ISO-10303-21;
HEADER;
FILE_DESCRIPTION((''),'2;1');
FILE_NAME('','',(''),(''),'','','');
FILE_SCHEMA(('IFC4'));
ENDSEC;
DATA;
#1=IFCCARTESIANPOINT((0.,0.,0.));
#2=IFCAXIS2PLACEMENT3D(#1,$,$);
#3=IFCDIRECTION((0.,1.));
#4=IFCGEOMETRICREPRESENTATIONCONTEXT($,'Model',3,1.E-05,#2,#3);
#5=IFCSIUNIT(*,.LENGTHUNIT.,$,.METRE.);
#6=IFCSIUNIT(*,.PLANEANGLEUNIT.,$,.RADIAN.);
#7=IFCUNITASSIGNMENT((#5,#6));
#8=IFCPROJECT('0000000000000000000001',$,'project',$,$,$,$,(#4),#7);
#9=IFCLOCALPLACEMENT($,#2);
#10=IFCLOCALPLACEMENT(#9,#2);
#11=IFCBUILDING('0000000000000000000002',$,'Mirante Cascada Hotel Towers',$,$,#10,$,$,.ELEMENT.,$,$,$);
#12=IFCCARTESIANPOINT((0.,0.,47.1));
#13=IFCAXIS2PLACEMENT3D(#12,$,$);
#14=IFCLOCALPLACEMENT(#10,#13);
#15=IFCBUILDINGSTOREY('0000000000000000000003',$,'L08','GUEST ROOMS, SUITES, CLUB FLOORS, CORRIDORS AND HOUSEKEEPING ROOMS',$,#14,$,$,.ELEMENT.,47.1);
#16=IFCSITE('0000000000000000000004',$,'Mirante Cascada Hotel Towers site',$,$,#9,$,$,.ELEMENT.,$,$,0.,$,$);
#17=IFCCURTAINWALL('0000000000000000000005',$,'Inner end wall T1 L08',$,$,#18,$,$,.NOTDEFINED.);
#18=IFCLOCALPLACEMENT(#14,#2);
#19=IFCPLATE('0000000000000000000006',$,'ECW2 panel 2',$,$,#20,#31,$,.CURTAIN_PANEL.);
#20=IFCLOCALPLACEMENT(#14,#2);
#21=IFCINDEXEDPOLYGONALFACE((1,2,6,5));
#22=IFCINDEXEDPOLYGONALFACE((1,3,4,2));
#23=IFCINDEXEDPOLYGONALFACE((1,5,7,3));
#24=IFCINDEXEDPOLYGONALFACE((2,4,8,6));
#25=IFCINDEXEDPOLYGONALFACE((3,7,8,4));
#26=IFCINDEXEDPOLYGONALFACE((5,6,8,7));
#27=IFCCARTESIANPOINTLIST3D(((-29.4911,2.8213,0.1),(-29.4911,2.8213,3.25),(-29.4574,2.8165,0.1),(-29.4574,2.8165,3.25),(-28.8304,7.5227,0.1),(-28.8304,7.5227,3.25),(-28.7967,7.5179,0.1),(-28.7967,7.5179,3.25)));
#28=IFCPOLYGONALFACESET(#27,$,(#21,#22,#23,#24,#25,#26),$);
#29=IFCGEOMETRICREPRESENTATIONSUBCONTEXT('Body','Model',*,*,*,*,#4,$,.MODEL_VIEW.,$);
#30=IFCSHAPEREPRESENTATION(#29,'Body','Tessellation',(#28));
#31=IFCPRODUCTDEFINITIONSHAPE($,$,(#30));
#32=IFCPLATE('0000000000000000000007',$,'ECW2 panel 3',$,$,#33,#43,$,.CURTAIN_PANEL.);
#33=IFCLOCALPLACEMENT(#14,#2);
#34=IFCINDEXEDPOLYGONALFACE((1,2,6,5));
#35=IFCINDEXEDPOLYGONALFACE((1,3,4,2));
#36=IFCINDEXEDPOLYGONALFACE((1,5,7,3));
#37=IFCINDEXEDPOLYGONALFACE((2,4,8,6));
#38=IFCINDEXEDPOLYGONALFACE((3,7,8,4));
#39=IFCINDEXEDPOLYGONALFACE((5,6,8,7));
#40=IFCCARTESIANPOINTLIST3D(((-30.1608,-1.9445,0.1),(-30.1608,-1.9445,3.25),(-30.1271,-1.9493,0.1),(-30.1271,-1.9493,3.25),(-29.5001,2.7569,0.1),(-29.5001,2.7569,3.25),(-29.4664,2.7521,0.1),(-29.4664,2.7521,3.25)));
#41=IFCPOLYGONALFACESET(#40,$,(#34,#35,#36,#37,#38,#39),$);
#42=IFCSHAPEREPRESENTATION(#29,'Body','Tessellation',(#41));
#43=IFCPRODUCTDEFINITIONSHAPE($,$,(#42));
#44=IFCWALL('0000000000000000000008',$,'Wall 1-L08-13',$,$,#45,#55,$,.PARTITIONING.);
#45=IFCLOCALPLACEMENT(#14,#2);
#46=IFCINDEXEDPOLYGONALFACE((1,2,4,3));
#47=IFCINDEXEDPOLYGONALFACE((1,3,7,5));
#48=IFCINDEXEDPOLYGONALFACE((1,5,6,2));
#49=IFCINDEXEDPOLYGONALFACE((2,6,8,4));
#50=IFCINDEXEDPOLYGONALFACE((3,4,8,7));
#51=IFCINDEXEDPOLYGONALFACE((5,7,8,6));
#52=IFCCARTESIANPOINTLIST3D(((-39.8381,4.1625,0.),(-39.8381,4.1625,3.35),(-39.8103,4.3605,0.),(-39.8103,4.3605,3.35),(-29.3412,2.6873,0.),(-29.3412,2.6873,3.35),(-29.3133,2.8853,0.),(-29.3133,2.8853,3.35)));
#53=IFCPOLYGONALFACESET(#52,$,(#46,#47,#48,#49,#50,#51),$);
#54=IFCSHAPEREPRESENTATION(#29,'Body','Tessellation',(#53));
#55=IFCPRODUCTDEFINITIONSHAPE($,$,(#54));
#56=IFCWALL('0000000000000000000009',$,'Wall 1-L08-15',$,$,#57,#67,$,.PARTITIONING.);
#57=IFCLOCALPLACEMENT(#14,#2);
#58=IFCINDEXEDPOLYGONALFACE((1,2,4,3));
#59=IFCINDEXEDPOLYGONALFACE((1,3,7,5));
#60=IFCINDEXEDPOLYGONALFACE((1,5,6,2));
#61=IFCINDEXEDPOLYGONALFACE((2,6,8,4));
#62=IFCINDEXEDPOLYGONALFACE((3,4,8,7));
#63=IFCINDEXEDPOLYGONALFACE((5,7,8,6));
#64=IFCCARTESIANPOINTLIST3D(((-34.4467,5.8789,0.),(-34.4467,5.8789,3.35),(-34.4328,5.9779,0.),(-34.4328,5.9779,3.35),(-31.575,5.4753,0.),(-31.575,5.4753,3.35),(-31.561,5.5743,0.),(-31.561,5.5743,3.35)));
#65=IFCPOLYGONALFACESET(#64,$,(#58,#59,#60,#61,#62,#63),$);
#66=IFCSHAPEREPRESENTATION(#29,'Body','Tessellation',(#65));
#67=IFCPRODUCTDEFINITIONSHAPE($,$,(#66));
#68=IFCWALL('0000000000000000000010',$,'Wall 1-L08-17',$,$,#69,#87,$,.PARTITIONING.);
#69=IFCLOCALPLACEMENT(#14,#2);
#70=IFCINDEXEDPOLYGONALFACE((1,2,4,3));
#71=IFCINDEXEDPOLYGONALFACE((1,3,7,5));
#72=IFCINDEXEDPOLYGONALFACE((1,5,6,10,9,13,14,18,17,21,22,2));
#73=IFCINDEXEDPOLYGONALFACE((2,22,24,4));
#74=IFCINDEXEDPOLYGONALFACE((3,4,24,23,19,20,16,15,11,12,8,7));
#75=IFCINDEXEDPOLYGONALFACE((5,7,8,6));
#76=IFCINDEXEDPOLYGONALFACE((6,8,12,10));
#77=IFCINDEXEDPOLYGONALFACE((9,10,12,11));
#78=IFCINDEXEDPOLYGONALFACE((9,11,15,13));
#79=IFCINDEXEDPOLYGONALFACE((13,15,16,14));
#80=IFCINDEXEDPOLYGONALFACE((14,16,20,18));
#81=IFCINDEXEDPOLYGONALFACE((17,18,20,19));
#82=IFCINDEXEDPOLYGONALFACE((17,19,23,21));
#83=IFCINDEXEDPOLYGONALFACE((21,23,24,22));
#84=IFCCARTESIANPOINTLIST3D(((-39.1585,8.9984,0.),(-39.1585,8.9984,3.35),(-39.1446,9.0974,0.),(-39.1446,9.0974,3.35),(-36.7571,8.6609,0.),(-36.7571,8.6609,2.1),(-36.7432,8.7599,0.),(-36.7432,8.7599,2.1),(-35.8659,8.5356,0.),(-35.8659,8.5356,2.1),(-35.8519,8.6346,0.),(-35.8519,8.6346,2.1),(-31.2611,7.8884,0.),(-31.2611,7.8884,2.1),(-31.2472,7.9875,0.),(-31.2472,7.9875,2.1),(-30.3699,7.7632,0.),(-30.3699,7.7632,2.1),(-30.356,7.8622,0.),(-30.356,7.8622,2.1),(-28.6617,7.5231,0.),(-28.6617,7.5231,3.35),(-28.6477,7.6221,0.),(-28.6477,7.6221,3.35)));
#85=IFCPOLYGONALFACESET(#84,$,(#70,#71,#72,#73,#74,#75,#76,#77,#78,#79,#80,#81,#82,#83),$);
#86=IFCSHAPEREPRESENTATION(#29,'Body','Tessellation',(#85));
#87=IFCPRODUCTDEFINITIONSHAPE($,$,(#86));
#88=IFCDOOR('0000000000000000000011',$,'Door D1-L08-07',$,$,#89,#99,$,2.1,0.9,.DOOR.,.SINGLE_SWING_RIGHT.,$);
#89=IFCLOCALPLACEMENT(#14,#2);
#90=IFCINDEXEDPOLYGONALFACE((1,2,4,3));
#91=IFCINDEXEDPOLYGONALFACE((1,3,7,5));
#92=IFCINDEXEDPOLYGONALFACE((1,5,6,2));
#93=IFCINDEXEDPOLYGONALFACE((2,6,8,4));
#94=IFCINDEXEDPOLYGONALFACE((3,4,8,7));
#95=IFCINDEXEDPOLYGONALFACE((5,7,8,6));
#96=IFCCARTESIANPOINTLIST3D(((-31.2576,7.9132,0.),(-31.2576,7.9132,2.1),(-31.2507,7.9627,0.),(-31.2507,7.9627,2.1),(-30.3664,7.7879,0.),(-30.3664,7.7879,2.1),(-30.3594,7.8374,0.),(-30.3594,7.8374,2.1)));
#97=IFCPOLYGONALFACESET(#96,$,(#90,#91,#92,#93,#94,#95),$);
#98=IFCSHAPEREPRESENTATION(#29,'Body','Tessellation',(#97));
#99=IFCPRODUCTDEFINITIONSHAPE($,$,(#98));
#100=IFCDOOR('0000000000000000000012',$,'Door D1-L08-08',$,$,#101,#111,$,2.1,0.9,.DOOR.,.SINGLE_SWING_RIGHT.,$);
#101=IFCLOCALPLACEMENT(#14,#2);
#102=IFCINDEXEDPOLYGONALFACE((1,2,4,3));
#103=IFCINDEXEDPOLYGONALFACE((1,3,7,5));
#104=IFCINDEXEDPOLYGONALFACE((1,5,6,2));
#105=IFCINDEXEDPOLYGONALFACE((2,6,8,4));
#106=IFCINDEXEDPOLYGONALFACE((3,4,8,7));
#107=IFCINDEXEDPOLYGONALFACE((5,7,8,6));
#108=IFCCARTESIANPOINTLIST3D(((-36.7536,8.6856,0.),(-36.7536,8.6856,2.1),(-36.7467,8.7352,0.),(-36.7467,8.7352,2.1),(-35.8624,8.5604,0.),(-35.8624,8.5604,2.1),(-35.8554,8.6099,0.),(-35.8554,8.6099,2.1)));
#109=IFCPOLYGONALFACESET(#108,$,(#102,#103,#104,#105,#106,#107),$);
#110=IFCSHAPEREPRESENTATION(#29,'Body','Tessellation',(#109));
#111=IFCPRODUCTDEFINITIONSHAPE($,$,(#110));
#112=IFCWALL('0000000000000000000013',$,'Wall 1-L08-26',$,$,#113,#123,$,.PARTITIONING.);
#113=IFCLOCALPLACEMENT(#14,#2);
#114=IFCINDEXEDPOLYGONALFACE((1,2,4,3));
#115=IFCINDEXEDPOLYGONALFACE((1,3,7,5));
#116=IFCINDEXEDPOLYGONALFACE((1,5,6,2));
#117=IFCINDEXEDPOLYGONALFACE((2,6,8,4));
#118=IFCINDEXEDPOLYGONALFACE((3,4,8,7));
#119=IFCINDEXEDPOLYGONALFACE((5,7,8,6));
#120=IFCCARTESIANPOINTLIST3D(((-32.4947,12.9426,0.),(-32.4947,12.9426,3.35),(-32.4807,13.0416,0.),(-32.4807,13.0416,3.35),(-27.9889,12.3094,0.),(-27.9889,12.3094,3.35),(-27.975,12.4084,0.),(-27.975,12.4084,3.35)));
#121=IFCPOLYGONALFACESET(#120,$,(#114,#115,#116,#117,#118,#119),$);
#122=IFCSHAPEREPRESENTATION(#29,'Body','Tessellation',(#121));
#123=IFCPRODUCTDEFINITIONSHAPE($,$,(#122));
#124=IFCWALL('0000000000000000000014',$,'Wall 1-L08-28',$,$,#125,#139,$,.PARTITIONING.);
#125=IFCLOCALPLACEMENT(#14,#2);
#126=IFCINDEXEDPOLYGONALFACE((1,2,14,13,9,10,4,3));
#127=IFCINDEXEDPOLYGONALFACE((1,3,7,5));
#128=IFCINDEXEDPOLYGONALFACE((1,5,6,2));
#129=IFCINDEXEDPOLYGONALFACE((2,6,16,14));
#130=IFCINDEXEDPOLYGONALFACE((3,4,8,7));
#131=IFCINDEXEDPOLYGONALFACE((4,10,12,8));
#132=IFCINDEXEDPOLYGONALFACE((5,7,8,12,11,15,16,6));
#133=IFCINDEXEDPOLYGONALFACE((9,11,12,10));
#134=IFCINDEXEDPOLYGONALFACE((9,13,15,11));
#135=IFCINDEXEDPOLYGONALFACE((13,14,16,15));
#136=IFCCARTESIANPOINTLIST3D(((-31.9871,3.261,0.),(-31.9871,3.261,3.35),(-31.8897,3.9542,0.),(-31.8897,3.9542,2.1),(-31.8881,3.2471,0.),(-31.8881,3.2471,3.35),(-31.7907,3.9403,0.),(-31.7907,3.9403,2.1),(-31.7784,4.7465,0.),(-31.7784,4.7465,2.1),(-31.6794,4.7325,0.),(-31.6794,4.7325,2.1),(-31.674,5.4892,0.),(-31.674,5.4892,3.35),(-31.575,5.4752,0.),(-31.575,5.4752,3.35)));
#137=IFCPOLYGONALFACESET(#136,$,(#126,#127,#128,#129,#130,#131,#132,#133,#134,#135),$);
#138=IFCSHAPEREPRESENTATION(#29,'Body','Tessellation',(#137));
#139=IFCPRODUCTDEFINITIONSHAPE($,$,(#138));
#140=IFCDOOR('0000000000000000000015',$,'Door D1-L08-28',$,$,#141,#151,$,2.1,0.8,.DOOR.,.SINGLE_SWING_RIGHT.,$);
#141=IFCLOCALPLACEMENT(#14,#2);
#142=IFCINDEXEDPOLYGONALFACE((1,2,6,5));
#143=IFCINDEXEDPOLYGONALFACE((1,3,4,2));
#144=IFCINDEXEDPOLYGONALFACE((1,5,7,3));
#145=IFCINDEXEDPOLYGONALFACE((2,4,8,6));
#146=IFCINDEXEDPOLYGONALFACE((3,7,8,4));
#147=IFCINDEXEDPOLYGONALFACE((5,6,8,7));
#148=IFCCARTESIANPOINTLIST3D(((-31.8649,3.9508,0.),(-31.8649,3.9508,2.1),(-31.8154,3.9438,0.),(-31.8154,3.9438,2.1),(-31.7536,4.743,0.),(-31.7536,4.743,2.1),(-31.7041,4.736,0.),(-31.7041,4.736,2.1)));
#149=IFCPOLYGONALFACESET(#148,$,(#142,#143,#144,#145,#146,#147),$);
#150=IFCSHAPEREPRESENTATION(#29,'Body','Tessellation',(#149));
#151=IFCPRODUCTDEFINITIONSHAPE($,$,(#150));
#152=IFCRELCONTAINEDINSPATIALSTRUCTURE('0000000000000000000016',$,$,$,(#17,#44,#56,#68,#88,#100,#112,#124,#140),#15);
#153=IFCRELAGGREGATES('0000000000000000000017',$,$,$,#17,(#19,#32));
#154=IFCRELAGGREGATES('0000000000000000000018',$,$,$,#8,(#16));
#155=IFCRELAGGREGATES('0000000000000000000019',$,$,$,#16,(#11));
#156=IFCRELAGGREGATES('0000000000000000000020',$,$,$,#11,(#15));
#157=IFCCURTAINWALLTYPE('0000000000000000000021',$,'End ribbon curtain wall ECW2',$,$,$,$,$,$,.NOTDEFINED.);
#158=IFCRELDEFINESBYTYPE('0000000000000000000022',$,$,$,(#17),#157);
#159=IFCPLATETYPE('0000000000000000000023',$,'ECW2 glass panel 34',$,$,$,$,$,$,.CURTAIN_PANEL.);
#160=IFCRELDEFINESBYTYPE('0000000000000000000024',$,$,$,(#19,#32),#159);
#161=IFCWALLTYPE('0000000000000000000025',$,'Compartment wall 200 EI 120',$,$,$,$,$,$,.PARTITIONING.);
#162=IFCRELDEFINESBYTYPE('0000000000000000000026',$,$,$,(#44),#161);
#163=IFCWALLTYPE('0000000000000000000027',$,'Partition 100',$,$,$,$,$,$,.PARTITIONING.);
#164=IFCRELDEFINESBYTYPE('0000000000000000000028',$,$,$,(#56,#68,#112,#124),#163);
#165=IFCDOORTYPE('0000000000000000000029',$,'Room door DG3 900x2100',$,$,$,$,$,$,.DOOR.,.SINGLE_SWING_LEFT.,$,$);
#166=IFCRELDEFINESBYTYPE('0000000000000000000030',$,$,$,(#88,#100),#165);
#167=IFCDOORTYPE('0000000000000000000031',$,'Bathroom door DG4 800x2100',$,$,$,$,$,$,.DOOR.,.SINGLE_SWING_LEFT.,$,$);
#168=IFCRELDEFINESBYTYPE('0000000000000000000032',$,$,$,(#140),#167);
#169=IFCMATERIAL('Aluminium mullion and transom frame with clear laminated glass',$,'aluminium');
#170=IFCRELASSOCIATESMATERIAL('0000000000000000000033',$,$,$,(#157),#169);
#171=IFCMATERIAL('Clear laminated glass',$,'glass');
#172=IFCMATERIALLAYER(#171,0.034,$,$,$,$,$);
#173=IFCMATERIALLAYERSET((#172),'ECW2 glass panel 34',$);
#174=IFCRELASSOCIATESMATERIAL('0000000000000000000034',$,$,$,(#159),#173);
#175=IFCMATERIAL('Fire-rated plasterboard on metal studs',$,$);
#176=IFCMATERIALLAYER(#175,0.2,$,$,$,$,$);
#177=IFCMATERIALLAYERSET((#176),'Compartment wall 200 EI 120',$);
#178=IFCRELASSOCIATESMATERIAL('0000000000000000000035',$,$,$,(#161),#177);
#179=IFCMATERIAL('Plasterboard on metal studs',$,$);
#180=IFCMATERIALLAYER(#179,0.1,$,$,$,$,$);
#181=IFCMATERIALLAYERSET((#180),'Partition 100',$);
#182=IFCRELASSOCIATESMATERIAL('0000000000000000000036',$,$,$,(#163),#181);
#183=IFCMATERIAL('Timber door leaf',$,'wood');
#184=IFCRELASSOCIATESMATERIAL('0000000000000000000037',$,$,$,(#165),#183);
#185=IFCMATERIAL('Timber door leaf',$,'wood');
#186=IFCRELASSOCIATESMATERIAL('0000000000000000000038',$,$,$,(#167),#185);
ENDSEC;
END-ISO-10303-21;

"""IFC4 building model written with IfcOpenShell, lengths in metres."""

from ifc_helpers import new_model, si_unit, direction, frame, frame_2d, origin, origin_2d, place, context, subcontext, project, spatial, rectangle, extrude, material, layer, layer_set, type_object, element, fill, aggregate, save


model = new_model("IFC4")

# Units and contexts
model_context = context("Model", 3, precision=1e-05, world=origin(), true_north=direction((0.0, 1.0)))
body_context = subcontext(model_context, "Body", "Model", "MODEL_VIEW")
ifc_project = project(units=[si_unit("LENGTHUNIT", "METRE"), si_unit("PLANEANGLEUNIT", "RADIAN")], contexts=[model_context])

# Site, building, storey
site_placement = place(None, origin())
site = spatial("IfcSite", under=ifc_project, at=site_placement, Name="Mirante Cascada Hotel Towers site", CompositionType="ELEMENT", RefElevation=0.0)
building_placement = place(site_placement, origin())
building = spatial("IfcBuilding", under=site, at=building_placement, Name="Mirante Cascada Hotel Towers", CompositionType="ELEMENT")
storey_placement = place(building_placement, frame((0.0, 0.0, 47.1)))
storey = spatial("IfcBuildingStorey", under=building, at=storey_placement, Name="L08", Description="GUEST ROOMS, SUITES, CLUB FLOORS, CORRIDORS AND HOUSEKEEPING ROOMS", CompositionType="ELEMENT", Elevation=47.1)

# Curtain wall
ifc_material_1 = material(Name="Aluminium mullion and transom frame with clear laminated glass", Category="aluminium")
curtain_wall_type_1 = type_object("IfcCurtainWallType", Name="End ribbon curtain wall ECW2", PredefinedType="NOTDEFINED", material=ifc_material_1)
curtain_wall_1_placement = place(storey_placement, origin())
curtain_wall_1 = element("IfcCurtainWall", 1, at=curtain_wall_1_placement, inside=storey, type_object=curtain_wall_type_1, Name="Inner end wall T1 L08", PredefinedType="NOTDEFINED")

# Plates
ifc_material_2 = material(Name="Clear laminated glass", Category="glass")
ifc_layer_1 = layer(ifc_material_2, 0.034)
ifc_layer_set_1 = layer_set([ifc_layer_1], Name="ECW2 glass panel 34")
plate_type_1 = type_object("IfcPlateType", Name="ECW2 glass panel 34", PredefinedType="CURTAIN_PANEL", material=ifc_layer_set_1)
plate_1_placement = place(storey_placement, frame((-29.1439, 5.1696, 0.1), z_axis=(0.0, 0.0, 1.0), x_axis=(-0.139173, -0.990268, 0.0)))
plate_1 = element("IfcPlate", 2, at=plate_1_placement, type_object=plate_type_1, Name="ECW2 panel 2", PredefinedType="CURTAIN_PANEL", context=body_context, shape_type="SweptSolid", body=[
    extrude(rectangle(XDim=4.7476, YDim=0.034, at=origin_2d()), origin(), (0.0, 0.0, 1.0), 3.15),
])
plate_2_placement = place(storey_placement, frame((-29.8136, 0.4038, 0.1), z_axis=(0.0, 0.0, 1.0), x_axis=(-0.139173, -0.990268, 0.0)))
plate_2 = element("IfcPlate", 3, at=plate_2_placement, type_object=plate_type_1, Name="ECW2 panel 3", PredefinedType="CURTAIN_PANEL", context=body_context, shape_type="SweptSolid", body=[
    extrude(rectangle(XDim=4.7476, YDim=0.034, at=origin_2d()), origin(), (0.0, 0.0, 1.0), 3.15),
])
aggregate(curtain_wall_1, [plate_1, plate_2])

# Walls
ifc_material_3 = material(Name="Fire-rated plasterboard on metal studs")
ifc_layer_2 = layer(ifc_material_3, 0.2)
ifc_layer_set_2 = layer_set([ifc_layer_2], Name="Compartment wall 200 EI 120")
wall_type_1 = type_object("IfcWallType", Name="Compartment wall 200 EI 120", PredefinedType="PARTITIONING", material=ifc_layer_set_2)
wall_1_placement = place(storey_placement, frame((-29.3273, 2.7863, 0.0), z_axis=(0.0, 0.0, 1.0), x_axis=(-0.990269, 0.139169, 0.0)))
element("IfcWall", 4, at=wall_1_placement, inside=storey, type_object=wall_type_1, Name="Wall 1-L08-13", PredefinedType="PARTITIONING", context=body_context, shape_type="SweptSolid", body=[
    extrude(rectangle(XDim=10.6001, YDim=0.2, at=frame_2d((5.3, 0.0))), origin(), (0.0, 0.0, 1.0), 3.35),
])
ifc_material_4 = material(Name="Plasterboard on metal studs")
ifc_layer_3 = layer(ifc_material_4, 0.1)
ifc_layer_set_3 = layer_set([ifc_layer_3], Name="Partition 100")
wall_type_2 = type_object("IfcWallType", Name="Partition 100", PredefinedType="PARTITIONING", material=ifc_layer_set_3)
wall_2_placement = place(storey_placement, frame((-31.568, 5.5248, 0.0), z_axis=(0.0, 0.0, 1.0), x_axis=(-0.990268, 0.139171, 0.0)))
element("IfcWall", 5, at=wall_2_placement, inside=storey, type_object=wall_type_2, Name="Wall 1-L08-15", PredefinedType="PARTITIONING", context=body_context, shape_type="SweptSolid", body=[
    extrude(rectangle(XDim=2.9, YDim=0.1, at=frame_2d((1.45, 0.0))), origin(), (0.0, 0.0, 1.0), 3.35),
])

# Wall, openings, doors
wall_3_placement = place(storey_placement, frame((-28.6547, 7.5726, 0.0), z_axis=(0.0, 0.0, 1.0), x_axis=(-0.990267, 0.13918, 0.0)))
wall_3 = element("IfcWall", 6, at=wall_3_placement, inside=storey, type_object=wall_type_2, Name="Wall 1-L08-17", PredefinedType="PARTITIONING", context=body_context, shape_type="SweptSolid", body=[
    extrude(rectangle(XDim=10.6, YDim=0.1, at=frame_2d((5.3, 0.0))), origin(), (0.0, 0.0, 1.0), 3.35),
])
opening_1_placement = place(wall_3_placement, frame((1.725, 0.0, 0.0)))
opening_1 = element("IfcOpeningElement", 7, at=opening_1_placement, cuts=wall_3, PredefinedType="OPENING", context=body_context, shape_type="SweptSolid", body=[
    extrude(rectangle(XDim=0.9, YDim=2.1, at=frame_2d((0.45, 1.05))), frame((0.0, 0.05, 0.0), z_axis=(0.0, -1.0, 0.0), x_axis=(1.0, 0.0, 0.0)), (0.0, 0.0, 1.0), 0.1),
])
opening_2_placement = place(wall_3_placement, frame((7.275, 0.0, 0.0)))
opening_2 = element("IfcOpeningElement", 8, at=opening_2_placement, cuts=wall_3, PredefinedType="OPENING", context=body_context, shape_type="SweptSolid", body=[
    extrude(rectangle(XDim=0.9, YDim=2.1, at=frame_2d((0.45, 1.05))), frame((0.0, 0.05, 0.0), z_axis=(0.0, -1.0, 0.0), x_axis=(1.0, 0.0, 0.0)), (0.0, 0.0, 1.0), 0.1),
])
ifc_material_5 = material(Name="Timber door leaf", Category="wood")
door_type_1 = type_object("IfcDoorType", Name="Room door DG3 900x2100", OperationType="SINGLE_SWING_LEFT", PredefinedType="DOOR", material=ifc_material_5)
door_1_placement = place(opening_1_placement, frame((0.9, 0.0, 0.0), z_axis=(0.0, 0.0, 1.0), x_axis=(-1.0, 0.0, 0.0)))
door_1 = element("IfcDoor", 9, at=door_1_placement, inside=storey, type_object=door_type_1, Name="Door D1-L08-07", OperationType="SINGLE_SWING_RIGHT", OverallHeight=2.1, OverallWidth=0.9, PredefinedType="DOOR", context=body_context, shape_type="SweptSolid", body=[
    extrude(rectangle(XDim=0.9, YDim=2.1, at=frame_2d((0.45, 1.05))), frame((0.0, 0.025, 0.0), z_axis=(0.0, -1.0, 0.0), x_axis=(1.0, 0.0, 0.0)), (0.0, 0.0, 1.0), 0.05),
])
fill(opening_1, door_1)
door_2_placement = place(opening_2_placement, frame((0.9, 0.0, 0.0), z_axis=(0.0, 0.0, 1.0), x_axis=(-1.0, 0.0, 0.0)))
door_2 = element("IfcDoor", 10, at=door_2_placement, inside=storey, type_object=door_type_1, Name="Door D1-L08-08", OperationType="SINGLE_SWING_RIGHT", OverallHeight=2.1, OverallWidth=0.9, PredefinedType="DOOR", context=body_context, shape_type="SweptSolid", body=[
    extrude(rectangle(XDim=0.9, YDim=2.1, at=frame_2d((0.45, 1.05))), frame((0.0, 0.025, 0.0), z_axis=(0.0, -1.0, 0.0), x_axis=(1.0, 0.0, 0.0)), (0.0, 0.0, 1.0), 0.05),
])
fill(opening_2, door_2)

# Wall
wall_4_placement = place(storey_placement, frame((-32.4877, 12.9921, 0.0), z_axis=(0.0, 0.0, 1.0), x_axis=(0.990269, -0.139166, 0.0)))
element("IfcWall", 11, at=wall_4_placement, inside=storey, type_object=wall_type_2, Name="Wall 1-L08-26", PredefinedType="PARTITIONING", context=body_context, shape_type="SweptSolid", body=[
    extrude(rectangle(XDim=4.55, YDim=0.1, at=frame_2d((2.275, 0.0))), origin(), (0.0, 0.0, 1.0), 3.35),
])

# Wall, opening, door
wall_5_placement = place(storey_placement, frame((-31.6245, 5.4822, 0.0), z_axis=(0.0, 0.0, 1.0), x_axis=(-0.139156, -0.990271, 0.0)))
wall_5 = element("IfcWall", 12, at=wall_5_placement, inside=storey, type_object=wall_type_2, Name="Wall 1-L08-28", PredefinedType="PARTITIONING", context=body_context, shape_type="SweptSolid", body=[
    extrude(rectangle(XDim=2.25, YDim=0.1, at=frame_2d((1.125, 0.0))), origin(), (0.0, 0.0, 1.0), 3.35),
])
opening_3_placement = place(wall_5_placement, frame((0.75, 0.0, 0.0)))
opening_3 = element("IfcOpeningElement", 13, at=opening_3_placement, cuts=wall_5, PredefinedType="OPENING", context=body_context, shape_type="SweptSolid", body=[
    extrude(rectangle(XDim=0.8, YDim=2.1, at=frame_2d((0.4, 1.05))), frame((0.0, 0.05, 0.0), z_axis=(0.0, -1.0, 0.0), x_axis=(1.0, 0.0, 0.0)), (0.0, 0.0, 1.0), 0.1),
])
ifc_material_6 = material(Name="Timber door leaf", Category="wood")
door_type_2 = type_object("IfcDoorType", Name="Bathroom door DG4 800x2100", OperationType="SINGLE_SWING_LEFT", PredefinedType="DOOR", material=ifc_material_6)
door_3_placement = place(opening_3_placement, frame((0.8, 0.0, 0.0), z_axis=(0.0, 0.0, 1.0), x_axis=(-1.0, 0.0, 0.0)))
door_3 = element("IfcDoor", 14, at=door_3_placement, inside=storey, type_object=door_type_2, Name="Door D1-L08-28", OperationType="SINGLE_SWING_RIGHT", OverallHeight=2.1, OverallWidth=0.8, PredefinedType="DOOR", context=body_context, shape_type="SweptSolid", body=[
    extrude(rectangle(XDim=0.8, YDim=2.1, at=frame_2d((0.4, 1.05))), frame((0.0, 0.025, 0.0), z_axis=(0.0, -1.0, 0.0), x_axis=(1.0, 0.0, 0.0)), (0.0, 0.0, 1.0), 0.05),
])
fill(opening_3, door_3)

save(model, "model.ifc")
